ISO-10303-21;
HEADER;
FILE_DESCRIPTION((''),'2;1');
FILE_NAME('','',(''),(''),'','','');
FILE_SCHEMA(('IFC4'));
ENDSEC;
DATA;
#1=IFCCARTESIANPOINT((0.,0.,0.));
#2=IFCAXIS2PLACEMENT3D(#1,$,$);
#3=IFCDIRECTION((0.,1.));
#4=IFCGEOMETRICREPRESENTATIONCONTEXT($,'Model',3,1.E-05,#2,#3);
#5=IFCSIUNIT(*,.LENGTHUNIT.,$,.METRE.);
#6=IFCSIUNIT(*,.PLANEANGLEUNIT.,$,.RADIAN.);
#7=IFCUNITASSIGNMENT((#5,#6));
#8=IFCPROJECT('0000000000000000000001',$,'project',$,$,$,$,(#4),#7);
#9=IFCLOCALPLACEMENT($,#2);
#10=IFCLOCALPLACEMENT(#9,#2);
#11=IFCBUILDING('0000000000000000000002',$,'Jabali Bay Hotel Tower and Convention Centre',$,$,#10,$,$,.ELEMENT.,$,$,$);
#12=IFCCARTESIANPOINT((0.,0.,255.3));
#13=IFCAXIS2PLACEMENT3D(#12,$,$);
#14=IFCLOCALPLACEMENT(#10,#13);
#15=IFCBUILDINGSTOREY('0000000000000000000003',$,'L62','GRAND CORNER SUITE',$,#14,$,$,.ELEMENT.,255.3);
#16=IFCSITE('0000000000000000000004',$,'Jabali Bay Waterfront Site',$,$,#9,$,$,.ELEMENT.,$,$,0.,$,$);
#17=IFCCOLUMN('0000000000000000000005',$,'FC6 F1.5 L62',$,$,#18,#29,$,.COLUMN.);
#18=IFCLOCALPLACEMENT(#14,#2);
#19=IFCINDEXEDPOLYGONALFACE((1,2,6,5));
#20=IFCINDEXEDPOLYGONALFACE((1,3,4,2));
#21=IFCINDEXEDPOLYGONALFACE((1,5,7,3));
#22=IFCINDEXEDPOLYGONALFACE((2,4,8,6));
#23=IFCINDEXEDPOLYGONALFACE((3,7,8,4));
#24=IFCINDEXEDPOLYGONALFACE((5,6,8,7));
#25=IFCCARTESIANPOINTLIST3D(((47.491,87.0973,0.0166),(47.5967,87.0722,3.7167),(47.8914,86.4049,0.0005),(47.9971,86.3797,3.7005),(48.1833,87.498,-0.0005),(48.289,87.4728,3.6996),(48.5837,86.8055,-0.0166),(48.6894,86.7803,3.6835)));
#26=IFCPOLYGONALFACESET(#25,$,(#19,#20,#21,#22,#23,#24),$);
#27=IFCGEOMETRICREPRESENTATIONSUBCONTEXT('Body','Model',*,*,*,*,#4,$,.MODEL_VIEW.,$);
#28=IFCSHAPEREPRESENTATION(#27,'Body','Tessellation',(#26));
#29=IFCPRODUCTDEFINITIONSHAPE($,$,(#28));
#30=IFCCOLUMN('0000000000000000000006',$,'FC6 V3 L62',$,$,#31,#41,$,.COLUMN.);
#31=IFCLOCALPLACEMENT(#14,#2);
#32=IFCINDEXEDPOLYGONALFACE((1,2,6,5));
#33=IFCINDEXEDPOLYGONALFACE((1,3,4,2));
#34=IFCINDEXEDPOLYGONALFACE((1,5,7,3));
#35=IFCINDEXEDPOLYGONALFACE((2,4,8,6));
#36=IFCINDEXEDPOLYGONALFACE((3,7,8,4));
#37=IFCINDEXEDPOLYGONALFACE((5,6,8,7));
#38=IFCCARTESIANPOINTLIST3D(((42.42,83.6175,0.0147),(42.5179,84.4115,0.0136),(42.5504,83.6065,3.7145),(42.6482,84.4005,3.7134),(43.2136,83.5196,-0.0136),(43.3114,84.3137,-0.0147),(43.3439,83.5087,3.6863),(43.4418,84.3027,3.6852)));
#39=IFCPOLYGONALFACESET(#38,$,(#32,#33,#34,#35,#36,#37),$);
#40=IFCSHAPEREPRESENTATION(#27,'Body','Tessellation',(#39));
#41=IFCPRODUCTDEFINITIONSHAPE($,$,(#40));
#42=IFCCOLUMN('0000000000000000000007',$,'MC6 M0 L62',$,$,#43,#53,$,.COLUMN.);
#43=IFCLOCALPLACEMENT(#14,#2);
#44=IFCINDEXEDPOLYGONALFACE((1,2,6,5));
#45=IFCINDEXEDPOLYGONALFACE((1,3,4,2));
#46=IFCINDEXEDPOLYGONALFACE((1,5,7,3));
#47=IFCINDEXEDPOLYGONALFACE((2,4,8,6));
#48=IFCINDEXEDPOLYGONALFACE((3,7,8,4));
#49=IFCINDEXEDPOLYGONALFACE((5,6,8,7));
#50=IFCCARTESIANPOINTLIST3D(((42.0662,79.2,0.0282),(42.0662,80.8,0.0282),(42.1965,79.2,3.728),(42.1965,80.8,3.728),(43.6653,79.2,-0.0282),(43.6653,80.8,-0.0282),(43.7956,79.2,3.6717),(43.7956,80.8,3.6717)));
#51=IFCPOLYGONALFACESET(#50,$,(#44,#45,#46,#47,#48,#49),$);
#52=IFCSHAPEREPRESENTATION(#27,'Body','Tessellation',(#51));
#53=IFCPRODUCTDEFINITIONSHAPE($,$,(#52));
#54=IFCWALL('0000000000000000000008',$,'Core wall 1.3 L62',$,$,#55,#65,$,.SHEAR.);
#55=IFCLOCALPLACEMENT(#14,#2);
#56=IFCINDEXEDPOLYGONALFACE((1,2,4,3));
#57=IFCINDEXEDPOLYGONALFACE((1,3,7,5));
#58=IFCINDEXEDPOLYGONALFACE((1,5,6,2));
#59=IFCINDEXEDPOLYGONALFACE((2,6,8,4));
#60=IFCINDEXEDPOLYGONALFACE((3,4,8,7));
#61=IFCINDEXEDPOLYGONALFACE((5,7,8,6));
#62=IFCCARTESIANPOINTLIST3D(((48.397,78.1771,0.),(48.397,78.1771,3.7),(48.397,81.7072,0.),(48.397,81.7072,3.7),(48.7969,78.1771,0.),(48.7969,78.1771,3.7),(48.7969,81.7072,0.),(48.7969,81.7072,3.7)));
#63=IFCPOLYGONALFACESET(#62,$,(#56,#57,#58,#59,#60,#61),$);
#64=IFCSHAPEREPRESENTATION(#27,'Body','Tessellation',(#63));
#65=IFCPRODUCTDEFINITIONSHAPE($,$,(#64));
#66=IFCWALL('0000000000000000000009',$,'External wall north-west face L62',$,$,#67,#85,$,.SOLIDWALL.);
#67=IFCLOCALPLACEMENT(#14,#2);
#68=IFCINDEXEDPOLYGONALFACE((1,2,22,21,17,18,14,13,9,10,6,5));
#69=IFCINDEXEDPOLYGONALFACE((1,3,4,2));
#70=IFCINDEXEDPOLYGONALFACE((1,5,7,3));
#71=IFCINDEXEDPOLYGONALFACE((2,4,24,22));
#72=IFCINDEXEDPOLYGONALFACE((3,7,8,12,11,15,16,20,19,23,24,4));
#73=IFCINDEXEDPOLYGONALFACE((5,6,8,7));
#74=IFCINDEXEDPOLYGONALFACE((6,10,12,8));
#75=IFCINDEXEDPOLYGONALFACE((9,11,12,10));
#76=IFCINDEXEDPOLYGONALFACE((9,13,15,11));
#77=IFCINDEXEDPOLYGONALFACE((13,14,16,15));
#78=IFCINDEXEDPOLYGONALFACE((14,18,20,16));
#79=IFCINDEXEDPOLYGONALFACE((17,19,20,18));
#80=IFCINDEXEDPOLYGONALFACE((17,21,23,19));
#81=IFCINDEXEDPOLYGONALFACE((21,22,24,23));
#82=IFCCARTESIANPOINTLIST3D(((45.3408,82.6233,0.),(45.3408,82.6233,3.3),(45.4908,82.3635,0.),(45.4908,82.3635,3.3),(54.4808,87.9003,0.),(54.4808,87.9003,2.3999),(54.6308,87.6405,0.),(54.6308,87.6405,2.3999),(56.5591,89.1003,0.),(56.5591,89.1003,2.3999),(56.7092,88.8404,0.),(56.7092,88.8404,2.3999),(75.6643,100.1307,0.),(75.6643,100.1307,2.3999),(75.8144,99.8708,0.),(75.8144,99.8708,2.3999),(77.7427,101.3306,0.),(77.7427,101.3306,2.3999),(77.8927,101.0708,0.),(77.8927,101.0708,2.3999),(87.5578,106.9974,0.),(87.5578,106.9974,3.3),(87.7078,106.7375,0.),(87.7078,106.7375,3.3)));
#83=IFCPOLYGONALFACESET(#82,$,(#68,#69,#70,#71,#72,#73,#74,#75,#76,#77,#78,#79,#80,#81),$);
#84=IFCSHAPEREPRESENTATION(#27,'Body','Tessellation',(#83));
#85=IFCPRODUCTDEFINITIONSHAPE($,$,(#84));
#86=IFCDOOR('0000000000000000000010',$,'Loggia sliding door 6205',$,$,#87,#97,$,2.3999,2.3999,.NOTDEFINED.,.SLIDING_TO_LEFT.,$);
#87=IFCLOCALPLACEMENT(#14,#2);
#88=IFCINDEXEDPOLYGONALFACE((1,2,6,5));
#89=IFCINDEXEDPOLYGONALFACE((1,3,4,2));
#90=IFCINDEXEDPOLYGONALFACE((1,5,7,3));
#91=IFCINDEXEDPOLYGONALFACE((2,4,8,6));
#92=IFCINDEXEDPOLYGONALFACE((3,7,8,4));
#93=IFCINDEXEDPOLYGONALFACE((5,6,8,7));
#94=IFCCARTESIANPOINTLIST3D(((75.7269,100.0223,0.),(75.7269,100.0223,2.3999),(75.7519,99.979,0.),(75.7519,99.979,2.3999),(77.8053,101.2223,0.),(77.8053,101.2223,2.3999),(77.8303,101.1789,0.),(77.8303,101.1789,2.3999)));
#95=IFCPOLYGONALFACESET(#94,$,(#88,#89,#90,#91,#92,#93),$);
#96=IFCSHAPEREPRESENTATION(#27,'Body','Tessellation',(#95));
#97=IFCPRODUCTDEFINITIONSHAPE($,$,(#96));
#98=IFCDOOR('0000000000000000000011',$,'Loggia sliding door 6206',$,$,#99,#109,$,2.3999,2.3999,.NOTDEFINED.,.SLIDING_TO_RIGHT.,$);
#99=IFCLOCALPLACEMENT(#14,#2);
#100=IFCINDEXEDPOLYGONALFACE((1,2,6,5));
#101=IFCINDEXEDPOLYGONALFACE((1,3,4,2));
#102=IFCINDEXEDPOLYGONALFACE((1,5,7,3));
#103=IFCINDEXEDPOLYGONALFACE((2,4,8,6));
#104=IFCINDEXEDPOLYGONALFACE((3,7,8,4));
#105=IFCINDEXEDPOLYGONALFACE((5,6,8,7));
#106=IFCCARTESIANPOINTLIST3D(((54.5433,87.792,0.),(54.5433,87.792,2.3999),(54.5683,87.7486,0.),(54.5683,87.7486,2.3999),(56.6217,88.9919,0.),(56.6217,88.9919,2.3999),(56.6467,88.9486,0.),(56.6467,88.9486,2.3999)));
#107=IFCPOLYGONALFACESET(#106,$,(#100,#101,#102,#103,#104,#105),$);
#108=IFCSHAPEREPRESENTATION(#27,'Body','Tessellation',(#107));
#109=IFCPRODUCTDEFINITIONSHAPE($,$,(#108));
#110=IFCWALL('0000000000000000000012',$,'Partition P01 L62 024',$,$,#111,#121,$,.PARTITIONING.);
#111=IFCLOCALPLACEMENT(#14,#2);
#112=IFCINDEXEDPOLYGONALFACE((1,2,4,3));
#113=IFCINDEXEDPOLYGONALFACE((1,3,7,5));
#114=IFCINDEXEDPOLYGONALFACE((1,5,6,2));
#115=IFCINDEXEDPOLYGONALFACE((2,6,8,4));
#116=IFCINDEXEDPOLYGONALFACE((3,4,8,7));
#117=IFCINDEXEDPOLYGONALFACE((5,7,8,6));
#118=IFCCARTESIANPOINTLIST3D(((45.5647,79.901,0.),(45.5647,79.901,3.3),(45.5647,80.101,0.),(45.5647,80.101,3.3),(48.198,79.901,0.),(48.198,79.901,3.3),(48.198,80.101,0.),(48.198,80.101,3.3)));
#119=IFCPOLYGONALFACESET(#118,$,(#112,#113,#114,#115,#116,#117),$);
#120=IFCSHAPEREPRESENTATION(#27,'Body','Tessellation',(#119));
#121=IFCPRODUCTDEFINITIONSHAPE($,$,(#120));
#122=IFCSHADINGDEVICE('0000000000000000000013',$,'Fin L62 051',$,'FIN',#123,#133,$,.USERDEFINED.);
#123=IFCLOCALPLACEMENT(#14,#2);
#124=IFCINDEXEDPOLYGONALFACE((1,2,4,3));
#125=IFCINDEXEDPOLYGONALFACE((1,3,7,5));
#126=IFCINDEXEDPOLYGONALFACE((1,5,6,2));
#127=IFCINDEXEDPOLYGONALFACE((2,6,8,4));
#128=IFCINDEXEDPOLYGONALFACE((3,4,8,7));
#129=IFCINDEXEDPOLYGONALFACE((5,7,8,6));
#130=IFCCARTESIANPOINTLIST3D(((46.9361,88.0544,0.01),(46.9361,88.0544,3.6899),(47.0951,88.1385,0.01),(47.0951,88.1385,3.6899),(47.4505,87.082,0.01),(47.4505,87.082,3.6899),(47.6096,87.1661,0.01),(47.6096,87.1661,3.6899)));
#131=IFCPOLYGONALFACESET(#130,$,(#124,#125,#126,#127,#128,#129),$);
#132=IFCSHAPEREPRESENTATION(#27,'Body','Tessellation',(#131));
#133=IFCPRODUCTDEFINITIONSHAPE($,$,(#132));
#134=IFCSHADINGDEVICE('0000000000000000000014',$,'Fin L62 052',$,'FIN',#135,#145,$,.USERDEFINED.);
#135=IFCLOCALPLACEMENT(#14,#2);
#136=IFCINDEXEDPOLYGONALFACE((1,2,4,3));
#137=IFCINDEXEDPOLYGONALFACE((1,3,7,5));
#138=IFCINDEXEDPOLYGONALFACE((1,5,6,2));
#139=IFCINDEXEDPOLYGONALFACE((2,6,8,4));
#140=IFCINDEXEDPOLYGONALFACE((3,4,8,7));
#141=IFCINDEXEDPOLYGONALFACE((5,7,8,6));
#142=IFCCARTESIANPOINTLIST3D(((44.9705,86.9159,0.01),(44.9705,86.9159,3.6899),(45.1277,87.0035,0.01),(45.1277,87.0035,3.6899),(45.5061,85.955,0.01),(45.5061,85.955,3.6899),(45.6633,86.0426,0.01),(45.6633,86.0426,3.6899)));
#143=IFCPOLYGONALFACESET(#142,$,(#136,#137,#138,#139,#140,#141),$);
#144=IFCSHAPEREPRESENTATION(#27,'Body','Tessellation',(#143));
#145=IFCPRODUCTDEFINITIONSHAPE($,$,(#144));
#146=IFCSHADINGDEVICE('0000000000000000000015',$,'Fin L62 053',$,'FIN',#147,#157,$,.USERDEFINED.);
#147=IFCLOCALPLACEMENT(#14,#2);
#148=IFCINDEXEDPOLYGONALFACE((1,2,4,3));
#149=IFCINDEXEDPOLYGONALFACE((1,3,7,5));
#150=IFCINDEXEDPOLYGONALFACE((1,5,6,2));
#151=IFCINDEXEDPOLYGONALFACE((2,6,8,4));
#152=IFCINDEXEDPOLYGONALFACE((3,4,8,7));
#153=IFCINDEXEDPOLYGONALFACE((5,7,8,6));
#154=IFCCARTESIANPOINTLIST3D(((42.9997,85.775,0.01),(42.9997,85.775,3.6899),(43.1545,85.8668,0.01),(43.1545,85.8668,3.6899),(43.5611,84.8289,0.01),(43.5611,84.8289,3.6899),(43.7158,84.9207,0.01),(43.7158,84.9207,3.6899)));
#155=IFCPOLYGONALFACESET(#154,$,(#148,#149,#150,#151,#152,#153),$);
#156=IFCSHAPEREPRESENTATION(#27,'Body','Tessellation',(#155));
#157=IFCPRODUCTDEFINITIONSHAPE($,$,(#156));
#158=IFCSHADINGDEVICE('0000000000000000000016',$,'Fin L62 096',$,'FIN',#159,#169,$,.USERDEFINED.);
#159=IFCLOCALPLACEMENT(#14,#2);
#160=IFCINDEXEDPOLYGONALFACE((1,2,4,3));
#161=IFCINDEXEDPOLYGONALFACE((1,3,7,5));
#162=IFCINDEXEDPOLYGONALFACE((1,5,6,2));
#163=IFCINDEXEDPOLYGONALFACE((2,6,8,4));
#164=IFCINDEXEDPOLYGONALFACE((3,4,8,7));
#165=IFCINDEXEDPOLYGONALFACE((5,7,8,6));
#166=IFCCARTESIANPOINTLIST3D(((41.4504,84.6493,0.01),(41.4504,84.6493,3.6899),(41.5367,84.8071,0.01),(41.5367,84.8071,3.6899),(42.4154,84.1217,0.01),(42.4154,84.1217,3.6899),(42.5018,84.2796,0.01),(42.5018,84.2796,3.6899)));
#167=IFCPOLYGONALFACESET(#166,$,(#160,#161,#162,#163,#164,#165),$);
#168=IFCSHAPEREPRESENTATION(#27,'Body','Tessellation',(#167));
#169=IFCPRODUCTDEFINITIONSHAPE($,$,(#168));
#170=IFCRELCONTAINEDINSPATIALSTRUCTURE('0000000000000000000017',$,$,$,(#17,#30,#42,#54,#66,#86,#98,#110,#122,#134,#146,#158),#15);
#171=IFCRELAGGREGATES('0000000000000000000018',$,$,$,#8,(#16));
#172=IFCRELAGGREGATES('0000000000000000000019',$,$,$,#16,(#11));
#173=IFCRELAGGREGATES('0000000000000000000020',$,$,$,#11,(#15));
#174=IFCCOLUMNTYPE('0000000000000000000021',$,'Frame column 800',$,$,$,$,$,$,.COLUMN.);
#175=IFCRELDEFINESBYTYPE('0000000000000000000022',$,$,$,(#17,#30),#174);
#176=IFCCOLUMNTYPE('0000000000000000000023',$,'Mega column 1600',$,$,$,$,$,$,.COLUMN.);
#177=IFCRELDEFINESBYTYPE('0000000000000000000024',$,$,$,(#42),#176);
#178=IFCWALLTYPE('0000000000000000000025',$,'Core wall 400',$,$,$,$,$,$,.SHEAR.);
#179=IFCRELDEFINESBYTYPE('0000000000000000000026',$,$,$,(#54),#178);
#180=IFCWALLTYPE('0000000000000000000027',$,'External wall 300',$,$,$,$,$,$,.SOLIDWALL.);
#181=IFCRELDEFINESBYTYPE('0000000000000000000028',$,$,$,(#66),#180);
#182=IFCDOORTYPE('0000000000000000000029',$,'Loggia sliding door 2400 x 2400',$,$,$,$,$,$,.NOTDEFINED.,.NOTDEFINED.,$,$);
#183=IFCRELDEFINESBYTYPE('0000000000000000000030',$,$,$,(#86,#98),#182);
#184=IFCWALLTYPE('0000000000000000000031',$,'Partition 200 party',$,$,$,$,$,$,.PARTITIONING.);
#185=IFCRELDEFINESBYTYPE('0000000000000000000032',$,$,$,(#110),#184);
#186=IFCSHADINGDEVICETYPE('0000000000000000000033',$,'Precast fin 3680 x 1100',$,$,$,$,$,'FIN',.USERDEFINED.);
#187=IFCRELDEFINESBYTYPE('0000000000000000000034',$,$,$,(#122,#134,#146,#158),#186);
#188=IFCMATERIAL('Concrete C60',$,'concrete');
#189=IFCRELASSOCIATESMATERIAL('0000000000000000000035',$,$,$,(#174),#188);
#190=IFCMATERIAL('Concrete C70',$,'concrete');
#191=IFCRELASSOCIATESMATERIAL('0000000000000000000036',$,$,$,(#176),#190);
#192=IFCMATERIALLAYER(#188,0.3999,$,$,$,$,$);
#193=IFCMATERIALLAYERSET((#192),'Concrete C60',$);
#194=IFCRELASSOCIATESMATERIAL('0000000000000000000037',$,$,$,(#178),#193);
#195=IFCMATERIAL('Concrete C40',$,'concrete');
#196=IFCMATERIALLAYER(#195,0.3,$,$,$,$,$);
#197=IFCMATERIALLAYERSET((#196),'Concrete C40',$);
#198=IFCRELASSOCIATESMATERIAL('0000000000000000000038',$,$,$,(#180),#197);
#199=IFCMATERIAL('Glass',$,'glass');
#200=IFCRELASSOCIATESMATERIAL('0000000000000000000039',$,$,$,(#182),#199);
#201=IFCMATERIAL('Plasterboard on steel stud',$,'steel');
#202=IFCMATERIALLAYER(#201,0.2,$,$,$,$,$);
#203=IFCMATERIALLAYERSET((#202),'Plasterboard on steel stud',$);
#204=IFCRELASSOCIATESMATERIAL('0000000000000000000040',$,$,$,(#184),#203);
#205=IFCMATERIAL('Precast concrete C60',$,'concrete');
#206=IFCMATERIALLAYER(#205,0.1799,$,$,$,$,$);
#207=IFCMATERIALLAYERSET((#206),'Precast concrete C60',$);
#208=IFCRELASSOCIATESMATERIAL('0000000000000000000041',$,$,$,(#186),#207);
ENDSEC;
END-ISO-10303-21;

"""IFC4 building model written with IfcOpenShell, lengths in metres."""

from ifc_helpers import new_model, si_unit, direction, frame, frame_2d, origin, origin_2d, place, context, subcontext, project, spatial, rectangle, extrude, material, layer, layer_set, material_profile, profile_set, type_object, element, fill, save


model = new_model("IFC4")

# Units and contexts
model_context = context("Model", 3, precision=1e-05, world=origin(), true_north=direction((0.0, 1.0)))
body_context = subcontext(model_context, "Body", "Model", "MODEL_VIEW")
ifc_project = project(units=[si_unit("LENGTHUNIT", "METRE"), si_unit("PLANEANGLEUNIT", "RADIAN")], contexts=[model_context])

# Site, building, storey
site_placement = place(None, origin())
site = spatial("IfcSite", under=ifc_project, at=site_placement, Name="Jabali Bay Waterfront Site", CompositionType="ELEMENT", RefElevation=0.0)
building_placement = place(site_placement, origin())
building = spatial("IfcBuilding", under=site, at=building_placement, Name="Jabali Bay Hotel Tower and Convention Centre", CompositionType="ELEMENT")
storey_placement = place(building_placement, frame((0.0, 0.0, 255.3)))
storey = spatial("IfcBuildingStorey", under=building, at=storey_placement, Name="L62", Description="GRAND CORNER SUITE", CompositionType="ELEMENT", Elevation=255.3)

# Columns
ifc_material_1 = material(Name="Concrete C60", Category="concrete")
ifc_material_profile_1 = material_profile(ifc_material_1, rectangle(XDim=0.8, YDim=0.8, at=origin_2d()), Name="Frame column 800")
ifc_profile_set_1 = profile_set([ifc_material_profile_1], Name="Concrete C60")
column_type_1 = type_object("IfcColumnType", Name="Frame column 800", PredefinedType="COLUMN", material=ifc_profile_set_1)
column_1_placement = place(storey_placement, frame((48.0374, 86.9514, 0.0), z_axis=(0.028559, -0.006794, 0.999569), x_axis=(-0.500408, 0.865555, 0.02018)))
element("IfcColumn", 1, at=column_1_placement, inside=storey, type_object=column_type_1, Name="FC6 F1.5 L62", PredefinedType="COLUMN", context=body_context, shape_type="SweptSolid", body=[
    extrude(rectangle(XDim=0.8, YDim=0.8, at=origin_2d()), origin(), (0.0, 0.0, 1.0), 3.7017),
])
column_2_placement = place(storey_placement, frame((42.8657, 83.9656, 0.0), z_axis=(0.035214, -0.002967, 0.999375), x_axis=(-0.991868, 0.12227, 0.035312)))
element("IfcColumn", 2, at=column_2_placement, inside=storey, type_object=column_type_1, Name="FC6 V3 L62", PredefinedType="COLUMN", context=body_context, shape_type="SweptSolid", body=[
    extrude(rectangle(XDim=0.8, YDim=0.8, at=origin_2d()), origin(), (0.0, 0.0, 1.0), 3.7021),
])
ifc_material_2 = material(Name="Concrete C70", Category="concrete")
ifc_material_profile_2 = material_profile(ifc_material_2, rectangle(XDim=1.6001, YDim=1.6001, at=origin_2d()), Name="Mega column 1600")
ifc_profile_set_2 = profile_set([ifc_material_profile_2], Name="Concrete C70")
column_type_2 = type_object("IfcColumnType", Name="Mega column 1600", PredefinedType="COLUMN", material=ifc_profile_set_2)
column_3_placement = place(storey_placement, frame((42.8657, 80.0, 0.0), z_axis=(0.035214, 0.0, 0.99938), x_axis=(0.0, 1.0, 0.0)))
element("IfcColumn", 3, at=column_3_placement, inside=storey, type_object=column_type_2, Name="MC6 M0 L62", PredefinedType="COLUMN", context=body_context, shape_type="SweptSolid", body=[
    extrude(rectangle(XDim=1.6001, YDim=1.6001, at=origin_2d()), origin(), (0.0, 0.0, 1.0), 3.7021),
])

# Wall
ifc_layer_1 = layer(ifc_material_1, 0.3999)
ifc_layer_set_1 = layer_set([ifc_layer_1], Name="Concrete C60")
wall_type_1 = type_object("IfcWallType", Name="Core wall 400", PredefinedType="SHEAR", material=ifc_layer_set_1)
wall_1_placement = place(storey_placement, frame((48.5969, 81.7073, 0.0), z_axis=(0.0, 0.0, 1.0), x_axis=(0.0, -1.0, 0.0)))
element("IfcWall", 4, at=wall_1_placement, inside=storey, type_object=wall_type_1, Name="Core wall 1.3 L62", PredefinedType="SHEAR", context=body_context, shape_type="SweptSolid", body=[
    extrude(rectangle(XDim=3.53, YDim=0.3999, at=frame_2d((1.7651, 0.0))), origin(), (0.0, 0.0, 1.0), 3.7),
])

# Wall, openings, doors
ifc_material_3 = material(Name="Concrete C40", Category="concrete")
ifc_layer_2 = layer(ifc_material_3, 0.3)
ifc_layer_set_2 = layer_set([ifc_layer_2], Name="Concrete C40")
wall_type_2 = type_object("IfcWallType", Name="External wall 300", PredefinedType="SOLIDWALL", material=ifc_layer_set_2)
wall_2_placement = place(storey_placement, frame((45.4158, 82.4934, 0.0), z_axis=(0.0, 0.0, 1.0), x_axis=(0.866025, 0.5, 0.0)))
wall_2 = element("IfcWall", 5, at=wall_2_placement, inside=storey, type_object=wall_type_2, Name="External wall north-west face L62", PredefinedType="SOLIDWALL", context=body_context, shape_type="SweptSolid", body=[
    extrude(rectangle(XDim=48.748, YDim=0.3, at=frame_2d((24.374, 0.0))), origin(), (0.0, 0.0, 1.0), 3.3),
])
opening_1_placement = place(wall_2_placement, frame((35.0146, 0.0, 0.0)))
opening_1 = element("IfcOpeningElement", 6, at=opening_1_placement, cuts=wall_2, PredefinedType="OPENING", context=body_context, shape_type="SweptSolid", body=[
    extrude(rectangle(XDim=2.3999, YDim=2.3999, at=frame_2d((1.2, 1.2))), frame((0.0, 0.1606, 0.0), z_axis=(0.0, -1.0, 0.0), x_axis=(1.0, 0.0, 0.0)), (0.0, 0.0, 1.0), 0.321),
])
opening_2_placement = place(wall_2_placement, frame((10.554, 0.0, 0.0)))
opening_2 = element("IfcOpeningElement", 7, at=opening_2_placement, cuts=wall_2, PredefinedType="OPENING", context=body_context, shape_type="SweptSolid", body=[
    extrude(rectangle(XDim=2.3999, YDim=2.3999, at=frame_2d((1.2, 1.2))), frame((0.0, 0.1606, 0.0), z_axis=(0.0, -1.0, 0.0), x_axis=(1.0, 0.0, 0.0)), (0.0, 0.0, 1.0), 0.321),
])
ifc_material_4 = material(Name="Glass", Category="glass")
door_type = type_object("IfcDoorType", Name="Loggia sliding door 2400 x 2400", OperationType="NOTDEFINED", PredefinedType="NOTDEFINED", material=ifc_material_4)
door_1_placement = place(opening_1_placement, origin())
door_1 = element("IfcDoor", 8, at=door_1_placement, inside=storey, type_object=door_type, Name="Loggia sliding door 6205", OperationType="SLIDING_TO_LEFT", OverallHeight=2.3999, OverallWidth=2.3999, PredefinedType="NOTDEFINED", context=body_context, shape_type="SweptSolid", body=[
    extrude(rectangle(XDim=2.3999, YDim=2.3999, at=frame_2d((1.2, 1.2))), frame((0.0, 0.0249, 0.0), z_axis=(0.0, -1.0, 0.0), x_axis=(1.0, 0.0, 0.0)), (0.0, 0.0, 1.0), 0.05),
])
fill(opening_1, door_1)
door_2_placement = place(opening_2_placement, origin())
door_2 = element("IfcDoor", 9, at=door_2_placement, inside=storey, type_object=door_type, Name="Loggia sliding door 6206", OperationType="SLIDING_TO_RIGHT", OverallHeight=2.3999, OverallWidth=2.3999, PredefinedType="NOTDEFINED", context=body_context, shape_type="SweptSolid", body=[
    extrude(rectangle(XDim=2.3999, YDim=2.3999, at=frame_2d((1.2, 1.2))), frame((0.0, 0.0249, 0.0), z_axis=(0.0, -1.0, 0.0), x_axis=(1.0, 0.0, 0.0)), (0.0, 0.0, 1.0), 0.05),
])
fill(opening_2, door_2)

# Wall
ifc_material_5 = material(Name="Plasterboard on steel stud", Category="steel")
ifc_layer_3 = layer(ifc_material_5, 0.2)
ifc_layer_set_3 = layer_set([ifc_layer_3], Name="Plasterboard on steel stud")
wall_type_3 = type_object("IfcWallType", Name="Partition 200 party", PredefinedType="PARTITIONING", material=ifc_layer_set_3)
wall_3_placement = place(storey_placement, frame((45.5647, 80.001, 0.0), z_axis=(0.0, 0.0, 1.0), x_axis=(1.0, 0.0, 0.0)))
element("IfcWall", 10, at=wall_3_placement, inside=storey, type_object=wall_type_3, Name="Partition P01 L62 024", PredefinedType="PARTITIONING", context=body_context, shape_type="SweptSolid", body=[
    extrude(rectangle(XDim=2.6333, YDim=0.2, at=frame_2d((1.3167, 0.0))), origin(), (0.0, 0.0, 1.0), 3.3),
])

# Shading devices
ifc_material_6 = material(Name="Precast concrete C60", Category="concrete")
ifc_layer_4 = layer(ifc_material_6, 0.1799)
ifc_layer_set_4 = layer_set([ifc_layer_4], Name="Precast concrete C60")
shading_device_type_1 = type_object("IfcShadingDeviceType", Name="Precast fin 3680 x 1100", ElementType="FIN", PredefinedType="USERDEFINED", material=ifc_layer_set_4)
for number, where, z_axis, x_axis, name in (
    (11, (47.53, 87.124, 0.01), (0.0, 0.0, 1.0), (-0.467602, 0.883939, 0.0), "Fin L62 051"),
    (12, (45.5847, 85.9988, 0.01), (0.0, 0.0, 1.0), (-0.486886, 0.873466, 0.0), "Fin L62 052"),
    (13, (43.6384, 84.8748, 0.01), (0.0, 0.0, 1.0), (-0.510246, 0.860028, 0.0), "Fin L62 053"),
):
    element("IfcShadingDevice", number, at=place(storey_placement, frame(where, z_axis=z_axis, x_axis=x_axis)), inside=storey, type_object=shading_device_type_1, Name=name, ObjectType="FIN", PredefinedType="USERDEFINED", context=body_context, shape_type="SweptSolid", body=[
        extrude(rectangle(XDim=1.1001, YDim=0.1799, at=frame_2d((0.55, 0.0))), origin(), (0.0, 0.0, 1.0), 3.6799),
    ])
shading_device_placement = place(storey_placement, frame((42.4585, 84.2007, 0.01), z_axis=(0.0, 0.0, 1.0), x_axis=(-0.877446, 0.479676, 0.0)))
element("IfcShadingDevice", 14, at=shading_device_placement, inside=storey, type_object=shading_device_type_1, Name="Fin L62 096", ObjectType="FIN", PredefinedType="USERDEFINED", context=body_context, shape_type="SweptSolid", body=[
    extrude(rectangle(XDim=1.0999, YDim=0.1799, at=frame_2d((0.5498, 0.0))), origin(), (0.0, 0.0, 1.0), 3.6799),
])

save(model, "model.ifc")
